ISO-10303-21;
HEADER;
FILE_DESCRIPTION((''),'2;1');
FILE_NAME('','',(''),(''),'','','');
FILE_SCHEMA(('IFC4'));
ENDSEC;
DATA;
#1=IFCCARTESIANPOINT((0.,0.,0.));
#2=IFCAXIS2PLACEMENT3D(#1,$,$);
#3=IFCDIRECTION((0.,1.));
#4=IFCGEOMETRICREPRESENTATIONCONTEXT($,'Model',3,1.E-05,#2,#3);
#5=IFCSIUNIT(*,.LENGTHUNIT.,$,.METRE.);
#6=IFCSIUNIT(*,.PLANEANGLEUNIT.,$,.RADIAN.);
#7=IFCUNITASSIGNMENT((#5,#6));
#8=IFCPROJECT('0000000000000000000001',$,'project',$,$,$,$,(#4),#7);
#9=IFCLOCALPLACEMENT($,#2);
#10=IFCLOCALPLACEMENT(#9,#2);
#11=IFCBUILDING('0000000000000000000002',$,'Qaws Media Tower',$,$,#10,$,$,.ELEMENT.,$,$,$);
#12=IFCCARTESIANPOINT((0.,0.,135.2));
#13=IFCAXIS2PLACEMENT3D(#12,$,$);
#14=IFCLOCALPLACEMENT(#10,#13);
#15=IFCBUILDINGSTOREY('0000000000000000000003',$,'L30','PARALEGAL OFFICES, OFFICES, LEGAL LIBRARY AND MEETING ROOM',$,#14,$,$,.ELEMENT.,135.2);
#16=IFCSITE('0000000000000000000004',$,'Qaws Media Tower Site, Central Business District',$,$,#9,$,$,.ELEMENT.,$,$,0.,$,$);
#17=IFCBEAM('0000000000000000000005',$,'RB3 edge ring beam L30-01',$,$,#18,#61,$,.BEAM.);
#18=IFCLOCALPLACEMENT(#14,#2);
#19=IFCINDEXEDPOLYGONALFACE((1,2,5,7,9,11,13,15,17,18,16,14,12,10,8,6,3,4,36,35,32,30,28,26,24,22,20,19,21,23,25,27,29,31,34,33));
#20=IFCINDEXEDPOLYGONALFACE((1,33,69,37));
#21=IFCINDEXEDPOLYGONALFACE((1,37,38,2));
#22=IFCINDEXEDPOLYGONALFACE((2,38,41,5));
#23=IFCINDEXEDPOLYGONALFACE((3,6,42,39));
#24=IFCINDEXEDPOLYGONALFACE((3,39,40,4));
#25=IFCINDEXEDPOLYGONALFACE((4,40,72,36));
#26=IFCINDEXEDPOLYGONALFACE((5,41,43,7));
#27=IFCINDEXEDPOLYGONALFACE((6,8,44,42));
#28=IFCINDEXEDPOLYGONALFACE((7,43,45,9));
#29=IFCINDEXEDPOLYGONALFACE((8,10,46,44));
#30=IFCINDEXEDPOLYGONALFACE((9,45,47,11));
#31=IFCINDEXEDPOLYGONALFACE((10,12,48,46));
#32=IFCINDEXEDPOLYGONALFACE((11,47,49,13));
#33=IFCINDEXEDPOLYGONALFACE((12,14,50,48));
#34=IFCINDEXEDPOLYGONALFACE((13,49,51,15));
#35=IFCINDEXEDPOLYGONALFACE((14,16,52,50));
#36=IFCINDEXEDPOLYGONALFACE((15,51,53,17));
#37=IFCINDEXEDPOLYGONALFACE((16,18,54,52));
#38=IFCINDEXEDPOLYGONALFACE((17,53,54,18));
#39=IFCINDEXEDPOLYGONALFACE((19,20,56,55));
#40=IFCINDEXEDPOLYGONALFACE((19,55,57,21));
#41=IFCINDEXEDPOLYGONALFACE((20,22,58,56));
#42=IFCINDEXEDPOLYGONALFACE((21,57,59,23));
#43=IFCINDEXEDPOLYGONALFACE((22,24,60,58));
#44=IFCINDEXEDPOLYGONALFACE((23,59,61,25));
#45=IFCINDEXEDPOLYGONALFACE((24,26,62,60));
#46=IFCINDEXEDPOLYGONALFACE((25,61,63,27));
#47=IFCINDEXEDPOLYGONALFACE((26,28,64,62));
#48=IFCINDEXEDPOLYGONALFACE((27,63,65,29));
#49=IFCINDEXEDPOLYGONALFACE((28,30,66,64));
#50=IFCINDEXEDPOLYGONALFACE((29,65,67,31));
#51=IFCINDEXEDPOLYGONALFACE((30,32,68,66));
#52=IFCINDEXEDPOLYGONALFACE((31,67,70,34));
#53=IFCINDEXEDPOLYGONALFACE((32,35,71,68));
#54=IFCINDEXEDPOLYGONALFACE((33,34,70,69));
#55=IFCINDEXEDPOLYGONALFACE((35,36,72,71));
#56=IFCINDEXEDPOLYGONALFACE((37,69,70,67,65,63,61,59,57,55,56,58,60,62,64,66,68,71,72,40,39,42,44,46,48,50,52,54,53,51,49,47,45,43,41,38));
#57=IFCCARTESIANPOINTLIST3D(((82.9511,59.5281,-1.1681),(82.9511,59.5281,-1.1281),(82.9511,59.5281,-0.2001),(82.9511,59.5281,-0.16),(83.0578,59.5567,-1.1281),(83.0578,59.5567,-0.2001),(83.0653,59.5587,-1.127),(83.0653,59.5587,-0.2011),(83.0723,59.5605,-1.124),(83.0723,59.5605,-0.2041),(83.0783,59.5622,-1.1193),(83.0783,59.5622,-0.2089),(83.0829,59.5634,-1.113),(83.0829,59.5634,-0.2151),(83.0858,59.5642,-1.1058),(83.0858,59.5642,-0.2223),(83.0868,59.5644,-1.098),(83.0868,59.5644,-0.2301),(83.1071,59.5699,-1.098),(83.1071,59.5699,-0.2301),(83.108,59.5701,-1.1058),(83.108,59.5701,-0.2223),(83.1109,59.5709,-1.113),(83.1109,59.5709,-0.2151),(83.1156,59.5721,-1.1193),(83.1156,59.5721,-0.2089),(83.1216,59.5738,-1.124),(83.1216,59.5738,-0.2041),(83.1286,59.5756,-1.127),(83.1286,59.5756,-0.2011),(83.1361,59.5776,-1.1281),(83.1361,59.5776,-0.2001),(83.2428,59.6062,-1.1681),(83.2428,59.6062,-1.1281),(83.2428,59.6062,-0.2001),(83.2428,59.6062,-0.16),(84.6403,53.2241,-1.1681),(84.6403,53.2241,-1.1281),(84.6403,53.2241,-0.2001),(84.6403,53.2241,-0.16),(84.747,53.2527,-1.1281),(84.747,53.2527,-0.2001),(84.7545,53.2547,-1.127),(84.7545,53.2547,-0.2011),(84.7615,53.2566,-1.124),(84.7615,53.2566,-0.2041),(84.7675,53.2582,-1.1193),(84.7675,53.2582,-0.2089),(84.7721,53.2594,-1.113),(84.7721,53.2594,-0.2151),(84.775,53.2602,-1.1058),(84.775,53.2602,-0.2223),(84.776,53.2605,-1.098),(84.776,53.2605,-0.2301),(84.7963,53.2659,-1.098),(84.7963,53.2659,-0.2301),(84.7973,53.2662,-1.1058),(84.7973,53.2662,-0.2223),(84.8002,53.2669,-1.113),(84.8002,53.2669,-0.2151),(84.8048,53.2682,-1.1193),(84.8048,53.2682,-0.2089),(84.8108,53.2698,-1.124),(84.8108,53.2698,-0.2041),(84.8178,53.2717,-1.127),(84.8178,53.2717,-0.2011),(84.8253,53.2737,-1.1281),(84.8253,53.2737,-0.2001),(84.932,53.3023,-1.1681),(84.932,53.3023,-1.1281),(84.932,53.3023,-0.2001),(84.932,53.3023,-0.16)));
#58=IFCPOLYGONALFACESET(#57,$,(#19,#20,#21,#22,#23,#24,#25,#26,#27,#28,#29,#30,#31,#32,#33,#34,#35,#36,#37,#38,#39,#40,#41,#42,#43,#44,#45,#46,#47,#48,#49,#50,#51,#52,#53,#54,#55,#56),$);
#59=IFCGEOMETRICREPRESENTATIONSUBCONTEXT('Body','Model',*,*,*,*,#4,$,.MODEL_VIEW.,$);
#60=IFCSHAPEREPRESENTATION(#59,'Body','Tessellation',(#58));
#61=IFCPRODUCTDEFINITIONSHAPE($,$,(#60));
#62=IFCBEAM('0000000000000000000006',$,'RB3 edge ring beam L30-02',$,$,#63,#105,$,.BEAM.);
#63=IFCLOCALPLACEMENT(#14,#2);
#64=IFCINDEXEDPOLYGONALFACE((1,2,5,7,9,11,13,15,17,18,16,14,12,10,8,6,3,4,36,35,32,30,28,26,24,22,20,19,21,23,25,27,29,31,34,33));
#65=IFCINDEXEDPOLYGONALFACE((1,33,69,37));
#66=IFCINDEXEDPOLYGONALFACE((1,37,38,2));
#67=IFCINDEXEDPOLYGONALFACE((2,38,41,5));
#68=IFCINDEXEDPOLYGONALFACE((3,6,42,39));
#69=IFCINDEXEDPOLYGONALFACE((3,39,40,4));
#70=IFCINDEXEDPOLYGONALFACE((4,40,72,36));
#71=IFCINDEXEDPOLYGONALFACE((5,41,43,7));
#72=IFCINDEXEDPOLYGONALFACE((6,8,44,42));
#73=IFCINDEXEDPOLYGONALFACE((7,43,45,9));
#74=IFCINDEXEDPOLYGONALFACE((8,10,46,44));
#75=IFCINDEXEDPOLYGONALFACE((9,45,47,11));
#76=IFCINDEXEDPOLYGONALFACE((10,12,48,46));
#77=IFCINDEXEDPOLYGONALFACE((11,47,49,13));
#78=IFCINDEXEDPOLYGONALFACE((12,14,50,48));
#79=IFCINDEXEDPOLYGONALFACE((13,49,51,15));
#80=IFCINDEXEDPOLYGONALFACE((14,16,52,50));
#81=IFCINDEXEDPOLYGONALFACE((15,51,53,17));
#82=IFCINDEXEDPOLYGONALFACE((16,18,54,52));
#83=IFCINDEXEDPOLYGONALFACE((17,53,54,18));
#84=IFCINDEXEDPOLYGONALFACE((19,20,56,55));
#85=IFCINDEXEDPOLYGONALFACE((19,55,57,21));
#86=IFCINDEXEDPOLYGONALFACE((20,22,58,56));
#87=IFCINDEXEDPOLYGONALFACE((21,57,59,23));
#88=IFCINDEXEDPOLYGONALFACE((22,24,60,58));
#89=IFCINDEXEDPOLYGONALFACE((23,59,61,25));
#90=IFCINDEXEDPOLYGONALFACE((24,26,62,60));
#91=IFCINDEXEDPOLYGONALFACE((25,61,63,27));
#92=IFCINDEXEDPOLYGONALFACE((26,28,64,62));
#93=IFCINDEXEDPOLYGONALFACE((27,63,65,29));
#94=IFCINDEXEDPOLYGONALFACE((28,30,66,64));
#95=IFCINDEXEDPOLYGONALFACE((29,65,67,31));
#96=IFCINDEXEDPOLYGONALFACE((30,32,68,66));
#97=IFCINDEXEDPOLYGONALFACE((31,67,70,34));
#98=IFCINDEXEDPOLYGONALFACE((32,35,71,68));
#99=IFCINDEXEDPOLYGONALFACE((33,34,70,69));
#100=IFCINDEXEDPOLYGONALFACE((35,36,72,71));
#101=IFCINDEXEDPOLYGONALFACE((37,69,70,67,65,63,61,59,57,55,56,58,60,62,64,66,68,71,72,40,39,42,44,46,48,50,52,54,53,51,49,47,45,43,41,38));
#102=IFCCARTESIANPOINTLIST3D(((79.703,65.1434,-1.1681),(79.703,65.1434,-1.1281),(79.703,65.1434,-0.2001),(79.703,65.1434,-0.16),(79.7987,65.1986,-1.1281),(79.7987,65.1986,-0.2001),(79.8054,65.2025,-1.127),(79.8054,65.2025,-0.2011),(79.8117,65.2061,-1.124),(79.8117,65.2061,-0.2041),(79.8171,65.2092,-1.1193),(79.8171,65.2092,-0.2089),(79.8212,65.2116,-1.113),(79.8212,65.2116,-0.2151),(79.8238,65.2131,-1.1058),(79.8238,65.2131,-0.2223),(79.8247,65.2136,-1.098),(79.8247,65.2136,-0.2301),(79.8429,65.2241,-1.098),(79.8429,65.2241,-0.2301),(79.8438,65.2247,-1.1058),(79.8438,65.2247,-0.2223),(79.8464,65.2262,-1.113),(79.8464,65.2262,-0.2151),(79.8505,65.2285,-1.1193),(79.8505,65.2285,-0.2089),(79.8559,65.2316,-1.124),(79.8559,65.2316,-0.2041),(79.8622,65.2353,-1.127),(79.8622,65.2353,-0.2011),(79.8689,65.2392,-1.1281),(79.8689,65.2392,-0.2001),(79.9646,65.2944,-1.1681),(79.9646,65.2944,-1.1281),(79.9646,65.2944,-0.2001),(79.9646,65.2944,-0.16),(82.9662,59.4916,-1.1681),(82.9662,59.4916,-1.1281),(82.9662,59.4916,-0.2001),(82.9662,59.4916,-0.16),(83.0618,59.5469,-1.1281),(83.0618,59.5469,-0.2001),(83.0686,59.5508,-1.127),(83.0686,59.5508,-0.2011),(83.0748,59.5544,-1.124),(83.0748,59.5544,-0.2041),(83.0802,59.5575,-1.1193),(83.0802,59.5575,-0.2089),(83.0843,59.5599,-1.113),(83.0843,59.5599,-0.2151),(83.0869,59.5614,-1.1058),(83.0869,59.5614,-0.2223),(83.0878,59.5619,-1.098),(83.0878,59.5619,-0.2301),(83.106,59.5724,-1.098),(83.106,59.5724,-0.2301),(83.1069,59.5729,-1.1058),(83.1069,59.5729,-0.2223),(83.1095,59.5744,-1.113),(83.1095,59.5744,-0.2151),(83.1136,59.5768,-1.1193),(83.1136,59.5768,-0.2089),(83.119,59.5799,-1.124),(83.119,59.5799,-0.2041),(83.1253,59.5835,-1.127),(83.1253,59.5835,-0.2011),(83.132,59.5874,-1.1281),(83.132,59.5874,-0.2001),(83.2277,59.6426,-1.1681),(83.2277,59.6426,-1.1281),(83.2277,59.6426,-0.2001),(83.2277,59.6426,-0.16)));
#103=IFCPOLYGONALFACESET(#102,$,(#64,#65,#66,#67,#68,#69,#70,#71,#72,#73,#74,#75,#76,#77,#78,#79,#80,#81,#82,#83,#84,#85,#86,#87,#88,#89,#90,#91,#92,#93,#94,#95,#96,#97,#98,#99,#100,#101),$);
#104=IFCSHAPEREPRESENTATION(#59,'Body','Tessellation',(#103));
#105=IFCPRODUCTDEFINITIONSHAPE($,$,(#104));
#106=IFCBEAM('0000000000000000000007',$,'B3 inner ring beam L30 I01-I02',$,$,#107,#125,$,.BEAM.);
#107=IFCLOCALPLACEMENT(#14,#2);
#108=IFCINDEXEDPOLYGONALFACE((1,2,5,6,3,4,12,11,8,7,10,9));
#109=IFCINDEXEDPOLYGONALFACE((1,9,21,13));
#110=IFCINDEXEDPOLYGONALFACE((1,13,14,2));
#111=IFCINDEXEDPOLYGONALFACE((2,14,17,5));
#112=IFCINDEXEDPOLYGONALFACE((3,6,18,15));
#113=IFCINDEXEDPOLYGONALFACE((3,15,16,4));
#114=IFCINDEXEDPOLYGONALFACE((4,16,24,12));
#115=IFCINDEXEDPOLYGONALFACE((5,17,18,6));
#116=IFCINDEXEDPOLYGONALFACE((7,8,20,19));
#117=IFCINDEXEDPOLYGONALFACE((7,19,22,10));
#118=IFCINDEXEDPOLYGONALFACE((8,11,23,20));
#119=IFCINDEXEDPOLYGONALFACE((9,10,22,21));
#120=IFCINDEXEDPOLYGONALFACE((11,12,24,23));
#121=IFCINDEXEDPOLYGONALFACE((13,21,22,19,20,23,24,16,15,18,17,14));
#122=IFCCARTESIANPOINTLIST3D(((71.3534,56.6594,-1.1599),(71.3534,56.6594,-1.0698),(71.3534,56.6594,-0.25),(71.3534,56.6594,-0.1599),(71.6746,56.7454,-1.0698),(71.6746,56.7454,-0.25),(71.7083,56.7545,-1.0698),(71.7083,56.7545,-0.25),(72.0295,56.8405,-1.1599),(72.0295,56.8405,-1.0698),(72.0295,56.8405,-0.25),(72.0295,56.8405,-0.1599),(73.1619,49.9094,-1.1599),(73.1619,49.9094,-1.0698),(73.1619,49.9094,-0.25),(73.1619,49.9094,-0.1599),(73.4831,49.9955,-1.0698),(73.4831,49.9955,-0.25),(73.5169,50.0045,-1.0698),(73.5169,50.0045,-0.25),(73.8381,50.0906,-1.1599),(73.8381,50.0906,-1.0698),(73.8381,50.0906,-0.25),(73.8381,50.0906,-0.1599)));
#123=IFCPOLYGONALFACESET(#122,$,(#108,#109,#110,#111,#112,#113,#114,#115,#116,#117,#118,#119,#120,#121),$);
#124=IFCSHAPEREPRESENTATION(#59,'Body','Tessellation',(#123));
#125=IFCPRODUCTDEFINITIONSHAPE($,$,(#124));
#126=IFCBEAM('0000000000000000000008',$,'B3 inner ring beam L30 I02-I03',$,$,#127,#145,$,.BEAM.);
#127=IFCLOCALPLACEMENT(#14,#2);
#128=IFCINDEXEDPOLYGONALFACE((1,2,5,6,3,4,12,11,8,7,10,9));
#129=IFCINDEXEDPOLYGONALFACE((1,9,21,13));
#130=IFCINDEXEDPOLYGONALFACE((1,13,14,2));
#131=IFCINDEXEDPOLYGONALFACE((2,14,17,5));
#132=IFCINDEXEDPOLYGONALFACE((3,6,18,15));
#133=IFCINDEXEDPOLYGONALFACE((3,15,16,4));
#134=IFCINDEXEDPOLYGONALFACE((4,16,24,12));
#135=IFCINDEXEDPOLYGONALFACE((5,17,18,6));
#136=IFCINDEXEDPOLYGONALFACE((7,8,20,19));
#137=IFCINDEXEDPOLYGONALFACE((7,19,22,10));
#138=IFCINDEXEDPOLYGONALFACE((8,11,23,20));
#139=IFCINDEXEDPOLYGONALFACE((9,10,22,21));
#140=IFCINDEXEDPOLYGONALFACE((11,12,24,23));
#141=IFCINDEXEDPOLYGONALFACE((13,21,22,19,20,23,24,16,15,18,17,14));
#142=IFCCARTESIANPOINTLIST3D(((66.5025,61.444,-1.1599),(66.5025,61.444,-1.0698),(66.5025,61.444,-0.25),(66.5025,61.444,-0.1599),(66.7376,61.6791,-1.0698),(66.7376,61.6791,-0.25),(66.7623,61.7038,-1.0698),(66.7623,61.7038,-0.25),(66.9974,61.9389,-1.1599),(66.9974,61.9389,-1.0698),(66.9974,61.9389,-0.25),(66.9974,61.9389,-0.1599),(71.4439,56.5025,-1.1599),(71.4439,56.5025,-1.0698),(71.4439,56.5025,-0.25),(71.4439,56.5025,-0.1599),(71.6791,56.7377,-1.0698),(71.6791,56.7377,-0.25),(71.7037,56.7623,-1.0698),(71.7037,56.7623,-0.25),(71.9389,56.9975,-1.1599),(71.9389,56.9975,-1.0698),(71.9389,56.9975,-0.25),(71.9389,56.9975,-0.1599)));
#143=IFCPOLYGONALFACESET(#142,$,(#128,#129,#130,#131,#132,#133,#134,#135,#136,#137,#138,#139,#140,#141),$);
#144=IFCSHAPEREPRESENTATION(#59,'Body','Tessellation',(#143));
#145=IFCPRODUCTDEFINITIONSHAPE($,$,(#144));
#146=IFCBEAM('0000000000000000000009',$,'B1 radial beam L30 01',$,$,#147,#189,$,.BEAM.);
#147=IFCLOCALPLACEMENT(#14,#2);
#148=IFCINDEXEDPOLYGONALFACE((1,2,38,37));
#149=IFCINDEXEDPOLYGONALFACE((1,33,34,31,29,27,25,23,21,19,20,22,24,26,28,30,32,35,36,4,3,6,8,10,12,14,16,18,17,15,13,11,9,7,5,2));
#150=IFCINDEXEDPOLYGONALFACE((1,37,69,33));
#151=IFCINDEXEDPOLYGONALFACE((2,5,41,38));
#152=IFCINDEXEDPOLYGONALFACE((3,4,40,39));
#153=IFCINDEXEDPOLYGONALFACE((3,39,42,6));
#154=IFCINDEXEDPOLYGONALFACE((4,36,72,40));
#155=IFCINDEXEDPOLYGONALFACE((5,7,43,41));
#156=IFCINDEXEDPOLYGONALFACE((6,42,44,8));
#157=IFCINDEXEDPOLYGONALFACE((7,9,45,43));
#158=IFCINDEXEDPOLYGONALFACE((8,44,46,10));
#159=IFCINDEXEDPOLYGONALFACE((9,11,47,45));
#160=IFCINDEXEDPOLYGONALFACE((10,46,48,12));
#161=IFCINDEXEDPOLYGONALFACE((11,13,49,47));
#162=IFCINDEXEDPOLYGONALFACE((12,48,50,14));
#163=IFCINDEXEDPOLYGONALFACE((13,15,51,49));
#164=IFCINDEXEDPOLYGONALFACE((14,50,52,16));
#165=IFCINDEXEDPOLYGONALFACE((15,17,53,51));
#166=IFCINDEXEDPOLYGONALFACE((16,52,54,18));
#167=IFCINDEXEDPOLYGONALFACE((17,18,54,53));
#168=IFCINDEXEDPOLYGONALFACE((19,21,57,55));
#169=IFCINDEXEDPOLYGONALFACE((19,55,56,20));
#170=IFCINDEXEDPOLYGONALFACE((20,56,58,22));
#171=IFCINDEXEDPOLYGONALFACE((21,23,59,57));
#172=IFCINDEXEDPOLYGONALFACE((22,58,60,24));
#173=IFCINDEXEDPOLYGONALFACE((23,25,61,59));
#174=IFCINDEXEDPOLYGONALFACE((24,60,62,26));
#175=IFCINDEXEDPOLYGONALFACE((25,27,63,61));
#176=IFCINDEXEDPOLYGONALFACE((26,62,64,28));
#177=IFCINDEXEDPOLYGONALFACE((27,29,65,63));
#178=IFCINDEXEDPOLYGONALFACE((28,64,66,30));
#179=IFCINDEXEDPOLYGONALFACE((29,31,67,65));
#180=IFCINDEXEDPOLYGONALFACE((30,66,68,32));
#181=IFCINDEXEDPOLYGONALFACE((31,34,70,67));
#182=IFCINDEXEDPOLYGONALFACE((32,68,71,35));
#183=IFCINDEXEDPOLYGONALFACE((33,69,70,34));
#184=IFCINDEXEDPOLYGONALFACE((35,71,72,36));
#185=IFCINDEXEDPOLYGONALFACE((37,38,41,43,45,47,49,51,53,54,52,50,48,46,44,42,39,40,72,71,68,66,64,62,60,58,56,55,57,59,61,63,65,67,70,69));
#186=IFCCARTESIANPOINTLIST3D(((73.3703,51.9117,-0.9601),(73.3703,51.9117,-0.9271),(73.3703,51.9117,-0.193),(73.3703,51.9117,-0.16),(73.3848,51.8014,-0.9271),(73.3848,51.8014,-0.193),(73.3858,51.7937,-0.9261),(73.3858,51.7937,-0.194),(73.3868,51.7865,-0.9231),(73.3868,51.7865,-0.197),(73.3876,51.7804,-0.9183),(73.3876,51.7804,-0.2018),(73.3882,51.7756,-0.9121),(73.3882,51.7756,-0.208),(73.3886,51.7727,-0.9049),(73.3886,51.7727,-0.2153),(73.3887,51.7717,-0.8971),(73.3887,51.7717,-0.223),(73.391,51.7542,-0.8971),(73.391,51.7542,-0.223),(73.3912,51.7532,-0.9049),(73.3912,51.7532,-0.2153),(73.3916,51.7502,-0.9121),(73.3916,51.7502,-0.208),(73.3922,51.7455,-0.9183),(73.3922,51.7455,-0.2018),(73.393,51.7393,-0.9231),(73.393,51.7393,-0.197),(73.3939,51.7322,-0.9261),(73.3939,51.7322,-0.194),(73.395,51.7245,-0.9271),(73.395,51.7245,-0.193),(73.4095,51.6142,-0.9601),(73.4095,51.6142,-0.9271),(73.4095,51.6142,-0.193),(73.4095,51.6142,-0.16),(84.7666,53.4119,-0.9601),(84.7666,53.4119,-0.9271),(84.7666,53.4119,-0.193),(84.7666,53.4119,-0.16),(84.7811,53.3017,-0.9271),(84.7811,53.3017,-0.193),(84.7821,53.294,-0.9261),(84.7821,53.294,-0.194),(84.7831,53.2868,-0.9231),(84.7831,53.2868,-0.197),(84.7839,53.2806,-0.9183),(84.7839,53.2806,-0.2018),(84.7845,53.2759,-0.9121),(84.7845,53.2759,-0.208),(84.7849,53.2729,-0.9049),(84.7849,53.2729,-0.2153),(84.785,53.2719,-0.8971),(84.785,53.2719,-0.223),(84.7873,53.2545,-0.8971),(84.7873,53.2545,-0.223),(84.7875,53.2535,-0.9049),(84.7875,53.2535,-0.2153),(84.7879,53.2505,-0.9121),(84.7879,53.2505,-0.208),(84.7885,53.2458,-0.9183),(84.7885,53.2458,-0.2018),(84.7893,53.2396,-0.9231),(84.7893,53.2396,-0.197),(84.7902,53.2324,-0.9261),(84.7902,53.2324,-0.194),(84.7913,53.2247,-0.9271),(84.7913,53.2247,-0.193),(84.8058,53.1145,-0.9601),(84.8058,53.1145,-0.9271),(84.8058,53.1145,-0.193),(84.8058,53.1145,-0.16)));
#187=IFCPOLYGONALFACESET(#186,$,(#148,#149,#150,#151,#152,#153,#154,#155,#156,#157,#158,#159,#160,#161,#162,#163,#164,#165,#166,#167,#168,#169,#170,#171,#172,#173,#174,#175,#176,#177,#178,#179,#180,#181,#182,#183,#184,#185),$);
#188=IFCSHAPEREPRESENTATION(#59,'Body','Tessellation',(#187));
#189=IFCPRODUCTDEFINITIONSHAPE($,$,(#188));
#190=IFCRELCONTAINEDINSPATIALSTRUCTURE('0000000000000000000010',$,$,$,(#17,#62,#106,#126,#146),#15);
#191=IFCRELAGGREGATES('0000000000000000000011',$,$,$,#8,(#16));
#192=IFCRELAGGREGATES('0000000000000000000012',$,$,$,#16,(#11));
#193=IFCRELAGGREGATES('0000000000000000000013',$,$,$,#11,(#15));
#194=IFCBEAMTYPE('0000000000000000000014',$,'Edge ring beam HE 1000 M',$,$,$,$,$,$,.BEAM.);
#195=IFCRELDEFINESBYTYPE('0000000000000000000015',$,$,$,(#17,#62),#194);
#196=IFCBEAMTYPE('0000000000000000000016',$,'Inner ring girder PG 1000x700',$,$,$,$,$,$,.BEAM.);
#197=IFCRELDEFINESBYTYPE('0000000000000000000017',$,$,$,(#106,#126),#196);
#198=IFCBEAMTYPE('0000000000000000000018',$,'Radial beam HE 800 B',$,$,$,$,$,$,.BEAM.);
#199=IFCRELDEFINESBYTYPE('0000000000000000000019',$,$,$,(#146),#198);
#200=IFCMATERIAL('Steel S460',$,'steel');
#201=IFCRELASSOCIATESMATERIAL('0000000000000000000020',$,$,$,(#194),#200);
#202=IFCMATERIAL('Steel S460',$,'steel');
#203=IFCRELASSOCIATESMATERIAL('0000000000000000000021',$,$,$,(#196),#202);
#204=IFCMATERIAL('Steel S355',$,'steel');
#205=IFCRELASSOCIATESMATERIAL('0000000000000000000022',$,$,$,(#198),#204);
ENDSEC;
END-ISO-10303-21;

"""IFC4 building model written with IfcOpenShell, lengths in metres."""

from ifc_helpers import new_model, si_unit, direction, frame, origin, origin_2d, place, context, subcontext, project, spatial, i_section, extrude, material, material_profile, profile_set, type_object, element, save


model = new_model("IFC4")

# Units and contexts
model_context = context("Model", 3, precision=1e-05, world=origin(), true_north=direction((0.0, 1.0)))
body_context = subcontext(model_context, "Body", "Model", "MODEL_VIEW")
ifc_project = project(units=[si_unit("LENGTHUNIT", "METRE"), si_unit("PLANEANGLEUNIT", "RADIAN")], contexts=[model_context])

# Site, building, storey
site_placement = place(None, origin())
site = spatial("IfcSite", under=ifc_project, at=site_placement, Name="Qaws Media Tower Site, Central Business District", CompositionType="ELEMENT", RefElevation=0.0)
building_placement = place(site_placement, origin())
building = spatial("IfcBuilding", under=site, at=building_placement, Name="Qaws Media Tower", CompositionType="ELEMENT")
storey_placement = place(building_placement, frame((0.0, 0.0, 135.2)))
storey = spatial("IfcBuildingStorey", under=building, at=storey_placement, Name="L30", Description="PARALEGAL OFFICES, OFFICES, LEGAL LIBRARY AND MEETING ROOM", CompositionType="ELEMENT", Elevation=135.2)

# Beams
ifc_material_1 = material(Name="Steel S460", Category="steel")
ifc_material_profile_1 = material_profile(ifc_material_1, i_section(OverallWidth=0.302, OverallDepth=1.0081, WebThickness=0.021, FlangeThickness=0.04, FilletRadius=0.03, at=origin_2d()), Name="HE 1000 M")
ifc_profile_set_1 = profile_set([ifc_material_profile_1], Name="Steel S460")
beam_type_1 = type_object("IfcBeamType", Name="Edge ring beam HE 1000 M", PredefinedType="BEAM", material=ifc_profile_set_1)
beam_1_placement = place(storey_placement, frame((84.7861, 53.2632, -0.6641), z_axis=(-0.258829, 0.965923, 0.0), x_axis=(-0.965923, -0.258829, 0.0)))
element("IfcBeam", 1, at=beam_1_placement, inside=storey, type_object=beam_type_1, Name="RB3 edge ring beam L30-01", PredefinedType="BEAM", context=body_context, shape_type="SweptSolid", body=[
    extrude(i_section(OverallWidth=0.302, OverallDepth=1.0081, WebThickness=0.021, FlangeThickness=0.04, FilletRadius=0.03, at=origin_2d()), origin(), (0.0, 0.0, 1.0), 6.5264),
])
beam_2_placement = place(storey_placement, frame((83.0969, 59.5671, -0.6641), z_axis=(-0.50001, 0.86602, 0.0), x_axis=(-0.86602, -0.50001, 0.0)))
element("IfcBeam", 2, at=beam_2_placement, inside=storey, type_object=beam_type_1, Name="RB3 edge ring beam L30-02", PredefinedType="BEAM", context=body_context, shape_type="SweptSolid", body=[
    extrude(i_section(OverallWidth=0.302, OverallDepth=1.0081, WebThickness=0.021, FlangeThickness=0.04, FilletRadius=0.03, at=origin_2d()), origin(), (0.0, 0.0, 1.0), 6.5261),
])
ifc_material_2 = material(Name="Steel S460", Category="steel")
ifc_material_profile_2 = material_profile(ifc_material_2, i_section(OverallWidth=0.7, OverallDepth=1.0, WebThickness=0.0349, FlangeThickness=0.0901, at=origin_2d()), Name="PG 1000x700")
ifc_profile_set_2 = profile_set([ifc_material_profile_2], Name="Steel S460")
beam_type_2 = type_object("IfcBeamType", Name="Inner ring girder PG 1000x700", PredefinedType="BEAM", material=ifc_profile_set_2)
beam_3_placement = place(storey_placement, frame((73.5, 50.0, -0.6599), z_axis=(-0.258811, 0.965928, 0.0), x_axis=(-0.965928, -0.258811, 0.0)))
element("IfcBeam", 3, at=beam_3_placement, inside=storey, type_object=beam_type_2, Name="B3 inner ring beam L30 I01-I02", PredefinedType="BEAM", context=body_context, shape_type="SweptSolid", body=[
    extrude(i_section(OverallWidth=0.7, OverallDepth=1.0, WebThickness=0.0349, FlangeThickness=0.0901, at=origin_2d()), origin(), (0.0, 0.0, 1.0), 6.988),
])
beam_4_placement = place(storey_placement, frame((71.6914, 56.75, -0.6599), z_axis=(-0.707107, 0.707107, 0.0), x_axis=(-0.707107, -0.707107, 0.0)))
element("IfcBeam", 4, at=beam_4_placement, inside=storey, type_object=beam_type_2, Name="B3 inner ring beam L30 I02-I03", PredefinedType="BEAM", context=body_context, shape_type="SweptSolid", body=[
    extrude(i_section(OverallWidth=0.7, OverallDepth=1.0, WebThickness=0.0349, FlangeThickness=0.0901, at=origin_2d()), origin(), (0.0, 0.0, 1.0), 6.9883),
])
ifc_material_3 = material(Name="Steel S355", Category="steel")
ifc_material_profile_3 = material_profile(ifc_material_3, i_section(OverallWidth=0.3, OverallDepth=0.8, WebThickness=0.0176, FlangeThickness=0.033, FilletRadius=0.03, at=origin_2d()), Name="HE 800 B")
ifc_profile_set_3 = profile_set([ifc_material_profile_3], Name="Steel S355")
beam_type_3 = type_object("IfcBeamType", Name="Radial beam HE 800 B", PredefinedType="BEAM", material=ifc_profile_set_3)
beam_5_placement = place(storey_placement, frame((73.3899, 51.7629, -0.5601), z_axis=(0.991446, 0.130518, 0.0), x_axis=(-0.130518, 0.991446, 0.0)))
element("IfcBeam", 5, at=beam_5_placement, inside=storey, type_object=beam_type_3, Name="B1 radial beam L30 01", PredefinedType="BEAM", context=body_context, shape_type="SweptSolid", body=[
    extrude(i_section(OverallWidth=0.3, OverallDepth=0.8, WebThickness=0.0176, FlangeThickness=0.033, FilletRadius=0.03, at=origin_2d()), origin(), (0.0, 0.0, 1.0), 11.4946),
])

save(model, "model.ifc")
